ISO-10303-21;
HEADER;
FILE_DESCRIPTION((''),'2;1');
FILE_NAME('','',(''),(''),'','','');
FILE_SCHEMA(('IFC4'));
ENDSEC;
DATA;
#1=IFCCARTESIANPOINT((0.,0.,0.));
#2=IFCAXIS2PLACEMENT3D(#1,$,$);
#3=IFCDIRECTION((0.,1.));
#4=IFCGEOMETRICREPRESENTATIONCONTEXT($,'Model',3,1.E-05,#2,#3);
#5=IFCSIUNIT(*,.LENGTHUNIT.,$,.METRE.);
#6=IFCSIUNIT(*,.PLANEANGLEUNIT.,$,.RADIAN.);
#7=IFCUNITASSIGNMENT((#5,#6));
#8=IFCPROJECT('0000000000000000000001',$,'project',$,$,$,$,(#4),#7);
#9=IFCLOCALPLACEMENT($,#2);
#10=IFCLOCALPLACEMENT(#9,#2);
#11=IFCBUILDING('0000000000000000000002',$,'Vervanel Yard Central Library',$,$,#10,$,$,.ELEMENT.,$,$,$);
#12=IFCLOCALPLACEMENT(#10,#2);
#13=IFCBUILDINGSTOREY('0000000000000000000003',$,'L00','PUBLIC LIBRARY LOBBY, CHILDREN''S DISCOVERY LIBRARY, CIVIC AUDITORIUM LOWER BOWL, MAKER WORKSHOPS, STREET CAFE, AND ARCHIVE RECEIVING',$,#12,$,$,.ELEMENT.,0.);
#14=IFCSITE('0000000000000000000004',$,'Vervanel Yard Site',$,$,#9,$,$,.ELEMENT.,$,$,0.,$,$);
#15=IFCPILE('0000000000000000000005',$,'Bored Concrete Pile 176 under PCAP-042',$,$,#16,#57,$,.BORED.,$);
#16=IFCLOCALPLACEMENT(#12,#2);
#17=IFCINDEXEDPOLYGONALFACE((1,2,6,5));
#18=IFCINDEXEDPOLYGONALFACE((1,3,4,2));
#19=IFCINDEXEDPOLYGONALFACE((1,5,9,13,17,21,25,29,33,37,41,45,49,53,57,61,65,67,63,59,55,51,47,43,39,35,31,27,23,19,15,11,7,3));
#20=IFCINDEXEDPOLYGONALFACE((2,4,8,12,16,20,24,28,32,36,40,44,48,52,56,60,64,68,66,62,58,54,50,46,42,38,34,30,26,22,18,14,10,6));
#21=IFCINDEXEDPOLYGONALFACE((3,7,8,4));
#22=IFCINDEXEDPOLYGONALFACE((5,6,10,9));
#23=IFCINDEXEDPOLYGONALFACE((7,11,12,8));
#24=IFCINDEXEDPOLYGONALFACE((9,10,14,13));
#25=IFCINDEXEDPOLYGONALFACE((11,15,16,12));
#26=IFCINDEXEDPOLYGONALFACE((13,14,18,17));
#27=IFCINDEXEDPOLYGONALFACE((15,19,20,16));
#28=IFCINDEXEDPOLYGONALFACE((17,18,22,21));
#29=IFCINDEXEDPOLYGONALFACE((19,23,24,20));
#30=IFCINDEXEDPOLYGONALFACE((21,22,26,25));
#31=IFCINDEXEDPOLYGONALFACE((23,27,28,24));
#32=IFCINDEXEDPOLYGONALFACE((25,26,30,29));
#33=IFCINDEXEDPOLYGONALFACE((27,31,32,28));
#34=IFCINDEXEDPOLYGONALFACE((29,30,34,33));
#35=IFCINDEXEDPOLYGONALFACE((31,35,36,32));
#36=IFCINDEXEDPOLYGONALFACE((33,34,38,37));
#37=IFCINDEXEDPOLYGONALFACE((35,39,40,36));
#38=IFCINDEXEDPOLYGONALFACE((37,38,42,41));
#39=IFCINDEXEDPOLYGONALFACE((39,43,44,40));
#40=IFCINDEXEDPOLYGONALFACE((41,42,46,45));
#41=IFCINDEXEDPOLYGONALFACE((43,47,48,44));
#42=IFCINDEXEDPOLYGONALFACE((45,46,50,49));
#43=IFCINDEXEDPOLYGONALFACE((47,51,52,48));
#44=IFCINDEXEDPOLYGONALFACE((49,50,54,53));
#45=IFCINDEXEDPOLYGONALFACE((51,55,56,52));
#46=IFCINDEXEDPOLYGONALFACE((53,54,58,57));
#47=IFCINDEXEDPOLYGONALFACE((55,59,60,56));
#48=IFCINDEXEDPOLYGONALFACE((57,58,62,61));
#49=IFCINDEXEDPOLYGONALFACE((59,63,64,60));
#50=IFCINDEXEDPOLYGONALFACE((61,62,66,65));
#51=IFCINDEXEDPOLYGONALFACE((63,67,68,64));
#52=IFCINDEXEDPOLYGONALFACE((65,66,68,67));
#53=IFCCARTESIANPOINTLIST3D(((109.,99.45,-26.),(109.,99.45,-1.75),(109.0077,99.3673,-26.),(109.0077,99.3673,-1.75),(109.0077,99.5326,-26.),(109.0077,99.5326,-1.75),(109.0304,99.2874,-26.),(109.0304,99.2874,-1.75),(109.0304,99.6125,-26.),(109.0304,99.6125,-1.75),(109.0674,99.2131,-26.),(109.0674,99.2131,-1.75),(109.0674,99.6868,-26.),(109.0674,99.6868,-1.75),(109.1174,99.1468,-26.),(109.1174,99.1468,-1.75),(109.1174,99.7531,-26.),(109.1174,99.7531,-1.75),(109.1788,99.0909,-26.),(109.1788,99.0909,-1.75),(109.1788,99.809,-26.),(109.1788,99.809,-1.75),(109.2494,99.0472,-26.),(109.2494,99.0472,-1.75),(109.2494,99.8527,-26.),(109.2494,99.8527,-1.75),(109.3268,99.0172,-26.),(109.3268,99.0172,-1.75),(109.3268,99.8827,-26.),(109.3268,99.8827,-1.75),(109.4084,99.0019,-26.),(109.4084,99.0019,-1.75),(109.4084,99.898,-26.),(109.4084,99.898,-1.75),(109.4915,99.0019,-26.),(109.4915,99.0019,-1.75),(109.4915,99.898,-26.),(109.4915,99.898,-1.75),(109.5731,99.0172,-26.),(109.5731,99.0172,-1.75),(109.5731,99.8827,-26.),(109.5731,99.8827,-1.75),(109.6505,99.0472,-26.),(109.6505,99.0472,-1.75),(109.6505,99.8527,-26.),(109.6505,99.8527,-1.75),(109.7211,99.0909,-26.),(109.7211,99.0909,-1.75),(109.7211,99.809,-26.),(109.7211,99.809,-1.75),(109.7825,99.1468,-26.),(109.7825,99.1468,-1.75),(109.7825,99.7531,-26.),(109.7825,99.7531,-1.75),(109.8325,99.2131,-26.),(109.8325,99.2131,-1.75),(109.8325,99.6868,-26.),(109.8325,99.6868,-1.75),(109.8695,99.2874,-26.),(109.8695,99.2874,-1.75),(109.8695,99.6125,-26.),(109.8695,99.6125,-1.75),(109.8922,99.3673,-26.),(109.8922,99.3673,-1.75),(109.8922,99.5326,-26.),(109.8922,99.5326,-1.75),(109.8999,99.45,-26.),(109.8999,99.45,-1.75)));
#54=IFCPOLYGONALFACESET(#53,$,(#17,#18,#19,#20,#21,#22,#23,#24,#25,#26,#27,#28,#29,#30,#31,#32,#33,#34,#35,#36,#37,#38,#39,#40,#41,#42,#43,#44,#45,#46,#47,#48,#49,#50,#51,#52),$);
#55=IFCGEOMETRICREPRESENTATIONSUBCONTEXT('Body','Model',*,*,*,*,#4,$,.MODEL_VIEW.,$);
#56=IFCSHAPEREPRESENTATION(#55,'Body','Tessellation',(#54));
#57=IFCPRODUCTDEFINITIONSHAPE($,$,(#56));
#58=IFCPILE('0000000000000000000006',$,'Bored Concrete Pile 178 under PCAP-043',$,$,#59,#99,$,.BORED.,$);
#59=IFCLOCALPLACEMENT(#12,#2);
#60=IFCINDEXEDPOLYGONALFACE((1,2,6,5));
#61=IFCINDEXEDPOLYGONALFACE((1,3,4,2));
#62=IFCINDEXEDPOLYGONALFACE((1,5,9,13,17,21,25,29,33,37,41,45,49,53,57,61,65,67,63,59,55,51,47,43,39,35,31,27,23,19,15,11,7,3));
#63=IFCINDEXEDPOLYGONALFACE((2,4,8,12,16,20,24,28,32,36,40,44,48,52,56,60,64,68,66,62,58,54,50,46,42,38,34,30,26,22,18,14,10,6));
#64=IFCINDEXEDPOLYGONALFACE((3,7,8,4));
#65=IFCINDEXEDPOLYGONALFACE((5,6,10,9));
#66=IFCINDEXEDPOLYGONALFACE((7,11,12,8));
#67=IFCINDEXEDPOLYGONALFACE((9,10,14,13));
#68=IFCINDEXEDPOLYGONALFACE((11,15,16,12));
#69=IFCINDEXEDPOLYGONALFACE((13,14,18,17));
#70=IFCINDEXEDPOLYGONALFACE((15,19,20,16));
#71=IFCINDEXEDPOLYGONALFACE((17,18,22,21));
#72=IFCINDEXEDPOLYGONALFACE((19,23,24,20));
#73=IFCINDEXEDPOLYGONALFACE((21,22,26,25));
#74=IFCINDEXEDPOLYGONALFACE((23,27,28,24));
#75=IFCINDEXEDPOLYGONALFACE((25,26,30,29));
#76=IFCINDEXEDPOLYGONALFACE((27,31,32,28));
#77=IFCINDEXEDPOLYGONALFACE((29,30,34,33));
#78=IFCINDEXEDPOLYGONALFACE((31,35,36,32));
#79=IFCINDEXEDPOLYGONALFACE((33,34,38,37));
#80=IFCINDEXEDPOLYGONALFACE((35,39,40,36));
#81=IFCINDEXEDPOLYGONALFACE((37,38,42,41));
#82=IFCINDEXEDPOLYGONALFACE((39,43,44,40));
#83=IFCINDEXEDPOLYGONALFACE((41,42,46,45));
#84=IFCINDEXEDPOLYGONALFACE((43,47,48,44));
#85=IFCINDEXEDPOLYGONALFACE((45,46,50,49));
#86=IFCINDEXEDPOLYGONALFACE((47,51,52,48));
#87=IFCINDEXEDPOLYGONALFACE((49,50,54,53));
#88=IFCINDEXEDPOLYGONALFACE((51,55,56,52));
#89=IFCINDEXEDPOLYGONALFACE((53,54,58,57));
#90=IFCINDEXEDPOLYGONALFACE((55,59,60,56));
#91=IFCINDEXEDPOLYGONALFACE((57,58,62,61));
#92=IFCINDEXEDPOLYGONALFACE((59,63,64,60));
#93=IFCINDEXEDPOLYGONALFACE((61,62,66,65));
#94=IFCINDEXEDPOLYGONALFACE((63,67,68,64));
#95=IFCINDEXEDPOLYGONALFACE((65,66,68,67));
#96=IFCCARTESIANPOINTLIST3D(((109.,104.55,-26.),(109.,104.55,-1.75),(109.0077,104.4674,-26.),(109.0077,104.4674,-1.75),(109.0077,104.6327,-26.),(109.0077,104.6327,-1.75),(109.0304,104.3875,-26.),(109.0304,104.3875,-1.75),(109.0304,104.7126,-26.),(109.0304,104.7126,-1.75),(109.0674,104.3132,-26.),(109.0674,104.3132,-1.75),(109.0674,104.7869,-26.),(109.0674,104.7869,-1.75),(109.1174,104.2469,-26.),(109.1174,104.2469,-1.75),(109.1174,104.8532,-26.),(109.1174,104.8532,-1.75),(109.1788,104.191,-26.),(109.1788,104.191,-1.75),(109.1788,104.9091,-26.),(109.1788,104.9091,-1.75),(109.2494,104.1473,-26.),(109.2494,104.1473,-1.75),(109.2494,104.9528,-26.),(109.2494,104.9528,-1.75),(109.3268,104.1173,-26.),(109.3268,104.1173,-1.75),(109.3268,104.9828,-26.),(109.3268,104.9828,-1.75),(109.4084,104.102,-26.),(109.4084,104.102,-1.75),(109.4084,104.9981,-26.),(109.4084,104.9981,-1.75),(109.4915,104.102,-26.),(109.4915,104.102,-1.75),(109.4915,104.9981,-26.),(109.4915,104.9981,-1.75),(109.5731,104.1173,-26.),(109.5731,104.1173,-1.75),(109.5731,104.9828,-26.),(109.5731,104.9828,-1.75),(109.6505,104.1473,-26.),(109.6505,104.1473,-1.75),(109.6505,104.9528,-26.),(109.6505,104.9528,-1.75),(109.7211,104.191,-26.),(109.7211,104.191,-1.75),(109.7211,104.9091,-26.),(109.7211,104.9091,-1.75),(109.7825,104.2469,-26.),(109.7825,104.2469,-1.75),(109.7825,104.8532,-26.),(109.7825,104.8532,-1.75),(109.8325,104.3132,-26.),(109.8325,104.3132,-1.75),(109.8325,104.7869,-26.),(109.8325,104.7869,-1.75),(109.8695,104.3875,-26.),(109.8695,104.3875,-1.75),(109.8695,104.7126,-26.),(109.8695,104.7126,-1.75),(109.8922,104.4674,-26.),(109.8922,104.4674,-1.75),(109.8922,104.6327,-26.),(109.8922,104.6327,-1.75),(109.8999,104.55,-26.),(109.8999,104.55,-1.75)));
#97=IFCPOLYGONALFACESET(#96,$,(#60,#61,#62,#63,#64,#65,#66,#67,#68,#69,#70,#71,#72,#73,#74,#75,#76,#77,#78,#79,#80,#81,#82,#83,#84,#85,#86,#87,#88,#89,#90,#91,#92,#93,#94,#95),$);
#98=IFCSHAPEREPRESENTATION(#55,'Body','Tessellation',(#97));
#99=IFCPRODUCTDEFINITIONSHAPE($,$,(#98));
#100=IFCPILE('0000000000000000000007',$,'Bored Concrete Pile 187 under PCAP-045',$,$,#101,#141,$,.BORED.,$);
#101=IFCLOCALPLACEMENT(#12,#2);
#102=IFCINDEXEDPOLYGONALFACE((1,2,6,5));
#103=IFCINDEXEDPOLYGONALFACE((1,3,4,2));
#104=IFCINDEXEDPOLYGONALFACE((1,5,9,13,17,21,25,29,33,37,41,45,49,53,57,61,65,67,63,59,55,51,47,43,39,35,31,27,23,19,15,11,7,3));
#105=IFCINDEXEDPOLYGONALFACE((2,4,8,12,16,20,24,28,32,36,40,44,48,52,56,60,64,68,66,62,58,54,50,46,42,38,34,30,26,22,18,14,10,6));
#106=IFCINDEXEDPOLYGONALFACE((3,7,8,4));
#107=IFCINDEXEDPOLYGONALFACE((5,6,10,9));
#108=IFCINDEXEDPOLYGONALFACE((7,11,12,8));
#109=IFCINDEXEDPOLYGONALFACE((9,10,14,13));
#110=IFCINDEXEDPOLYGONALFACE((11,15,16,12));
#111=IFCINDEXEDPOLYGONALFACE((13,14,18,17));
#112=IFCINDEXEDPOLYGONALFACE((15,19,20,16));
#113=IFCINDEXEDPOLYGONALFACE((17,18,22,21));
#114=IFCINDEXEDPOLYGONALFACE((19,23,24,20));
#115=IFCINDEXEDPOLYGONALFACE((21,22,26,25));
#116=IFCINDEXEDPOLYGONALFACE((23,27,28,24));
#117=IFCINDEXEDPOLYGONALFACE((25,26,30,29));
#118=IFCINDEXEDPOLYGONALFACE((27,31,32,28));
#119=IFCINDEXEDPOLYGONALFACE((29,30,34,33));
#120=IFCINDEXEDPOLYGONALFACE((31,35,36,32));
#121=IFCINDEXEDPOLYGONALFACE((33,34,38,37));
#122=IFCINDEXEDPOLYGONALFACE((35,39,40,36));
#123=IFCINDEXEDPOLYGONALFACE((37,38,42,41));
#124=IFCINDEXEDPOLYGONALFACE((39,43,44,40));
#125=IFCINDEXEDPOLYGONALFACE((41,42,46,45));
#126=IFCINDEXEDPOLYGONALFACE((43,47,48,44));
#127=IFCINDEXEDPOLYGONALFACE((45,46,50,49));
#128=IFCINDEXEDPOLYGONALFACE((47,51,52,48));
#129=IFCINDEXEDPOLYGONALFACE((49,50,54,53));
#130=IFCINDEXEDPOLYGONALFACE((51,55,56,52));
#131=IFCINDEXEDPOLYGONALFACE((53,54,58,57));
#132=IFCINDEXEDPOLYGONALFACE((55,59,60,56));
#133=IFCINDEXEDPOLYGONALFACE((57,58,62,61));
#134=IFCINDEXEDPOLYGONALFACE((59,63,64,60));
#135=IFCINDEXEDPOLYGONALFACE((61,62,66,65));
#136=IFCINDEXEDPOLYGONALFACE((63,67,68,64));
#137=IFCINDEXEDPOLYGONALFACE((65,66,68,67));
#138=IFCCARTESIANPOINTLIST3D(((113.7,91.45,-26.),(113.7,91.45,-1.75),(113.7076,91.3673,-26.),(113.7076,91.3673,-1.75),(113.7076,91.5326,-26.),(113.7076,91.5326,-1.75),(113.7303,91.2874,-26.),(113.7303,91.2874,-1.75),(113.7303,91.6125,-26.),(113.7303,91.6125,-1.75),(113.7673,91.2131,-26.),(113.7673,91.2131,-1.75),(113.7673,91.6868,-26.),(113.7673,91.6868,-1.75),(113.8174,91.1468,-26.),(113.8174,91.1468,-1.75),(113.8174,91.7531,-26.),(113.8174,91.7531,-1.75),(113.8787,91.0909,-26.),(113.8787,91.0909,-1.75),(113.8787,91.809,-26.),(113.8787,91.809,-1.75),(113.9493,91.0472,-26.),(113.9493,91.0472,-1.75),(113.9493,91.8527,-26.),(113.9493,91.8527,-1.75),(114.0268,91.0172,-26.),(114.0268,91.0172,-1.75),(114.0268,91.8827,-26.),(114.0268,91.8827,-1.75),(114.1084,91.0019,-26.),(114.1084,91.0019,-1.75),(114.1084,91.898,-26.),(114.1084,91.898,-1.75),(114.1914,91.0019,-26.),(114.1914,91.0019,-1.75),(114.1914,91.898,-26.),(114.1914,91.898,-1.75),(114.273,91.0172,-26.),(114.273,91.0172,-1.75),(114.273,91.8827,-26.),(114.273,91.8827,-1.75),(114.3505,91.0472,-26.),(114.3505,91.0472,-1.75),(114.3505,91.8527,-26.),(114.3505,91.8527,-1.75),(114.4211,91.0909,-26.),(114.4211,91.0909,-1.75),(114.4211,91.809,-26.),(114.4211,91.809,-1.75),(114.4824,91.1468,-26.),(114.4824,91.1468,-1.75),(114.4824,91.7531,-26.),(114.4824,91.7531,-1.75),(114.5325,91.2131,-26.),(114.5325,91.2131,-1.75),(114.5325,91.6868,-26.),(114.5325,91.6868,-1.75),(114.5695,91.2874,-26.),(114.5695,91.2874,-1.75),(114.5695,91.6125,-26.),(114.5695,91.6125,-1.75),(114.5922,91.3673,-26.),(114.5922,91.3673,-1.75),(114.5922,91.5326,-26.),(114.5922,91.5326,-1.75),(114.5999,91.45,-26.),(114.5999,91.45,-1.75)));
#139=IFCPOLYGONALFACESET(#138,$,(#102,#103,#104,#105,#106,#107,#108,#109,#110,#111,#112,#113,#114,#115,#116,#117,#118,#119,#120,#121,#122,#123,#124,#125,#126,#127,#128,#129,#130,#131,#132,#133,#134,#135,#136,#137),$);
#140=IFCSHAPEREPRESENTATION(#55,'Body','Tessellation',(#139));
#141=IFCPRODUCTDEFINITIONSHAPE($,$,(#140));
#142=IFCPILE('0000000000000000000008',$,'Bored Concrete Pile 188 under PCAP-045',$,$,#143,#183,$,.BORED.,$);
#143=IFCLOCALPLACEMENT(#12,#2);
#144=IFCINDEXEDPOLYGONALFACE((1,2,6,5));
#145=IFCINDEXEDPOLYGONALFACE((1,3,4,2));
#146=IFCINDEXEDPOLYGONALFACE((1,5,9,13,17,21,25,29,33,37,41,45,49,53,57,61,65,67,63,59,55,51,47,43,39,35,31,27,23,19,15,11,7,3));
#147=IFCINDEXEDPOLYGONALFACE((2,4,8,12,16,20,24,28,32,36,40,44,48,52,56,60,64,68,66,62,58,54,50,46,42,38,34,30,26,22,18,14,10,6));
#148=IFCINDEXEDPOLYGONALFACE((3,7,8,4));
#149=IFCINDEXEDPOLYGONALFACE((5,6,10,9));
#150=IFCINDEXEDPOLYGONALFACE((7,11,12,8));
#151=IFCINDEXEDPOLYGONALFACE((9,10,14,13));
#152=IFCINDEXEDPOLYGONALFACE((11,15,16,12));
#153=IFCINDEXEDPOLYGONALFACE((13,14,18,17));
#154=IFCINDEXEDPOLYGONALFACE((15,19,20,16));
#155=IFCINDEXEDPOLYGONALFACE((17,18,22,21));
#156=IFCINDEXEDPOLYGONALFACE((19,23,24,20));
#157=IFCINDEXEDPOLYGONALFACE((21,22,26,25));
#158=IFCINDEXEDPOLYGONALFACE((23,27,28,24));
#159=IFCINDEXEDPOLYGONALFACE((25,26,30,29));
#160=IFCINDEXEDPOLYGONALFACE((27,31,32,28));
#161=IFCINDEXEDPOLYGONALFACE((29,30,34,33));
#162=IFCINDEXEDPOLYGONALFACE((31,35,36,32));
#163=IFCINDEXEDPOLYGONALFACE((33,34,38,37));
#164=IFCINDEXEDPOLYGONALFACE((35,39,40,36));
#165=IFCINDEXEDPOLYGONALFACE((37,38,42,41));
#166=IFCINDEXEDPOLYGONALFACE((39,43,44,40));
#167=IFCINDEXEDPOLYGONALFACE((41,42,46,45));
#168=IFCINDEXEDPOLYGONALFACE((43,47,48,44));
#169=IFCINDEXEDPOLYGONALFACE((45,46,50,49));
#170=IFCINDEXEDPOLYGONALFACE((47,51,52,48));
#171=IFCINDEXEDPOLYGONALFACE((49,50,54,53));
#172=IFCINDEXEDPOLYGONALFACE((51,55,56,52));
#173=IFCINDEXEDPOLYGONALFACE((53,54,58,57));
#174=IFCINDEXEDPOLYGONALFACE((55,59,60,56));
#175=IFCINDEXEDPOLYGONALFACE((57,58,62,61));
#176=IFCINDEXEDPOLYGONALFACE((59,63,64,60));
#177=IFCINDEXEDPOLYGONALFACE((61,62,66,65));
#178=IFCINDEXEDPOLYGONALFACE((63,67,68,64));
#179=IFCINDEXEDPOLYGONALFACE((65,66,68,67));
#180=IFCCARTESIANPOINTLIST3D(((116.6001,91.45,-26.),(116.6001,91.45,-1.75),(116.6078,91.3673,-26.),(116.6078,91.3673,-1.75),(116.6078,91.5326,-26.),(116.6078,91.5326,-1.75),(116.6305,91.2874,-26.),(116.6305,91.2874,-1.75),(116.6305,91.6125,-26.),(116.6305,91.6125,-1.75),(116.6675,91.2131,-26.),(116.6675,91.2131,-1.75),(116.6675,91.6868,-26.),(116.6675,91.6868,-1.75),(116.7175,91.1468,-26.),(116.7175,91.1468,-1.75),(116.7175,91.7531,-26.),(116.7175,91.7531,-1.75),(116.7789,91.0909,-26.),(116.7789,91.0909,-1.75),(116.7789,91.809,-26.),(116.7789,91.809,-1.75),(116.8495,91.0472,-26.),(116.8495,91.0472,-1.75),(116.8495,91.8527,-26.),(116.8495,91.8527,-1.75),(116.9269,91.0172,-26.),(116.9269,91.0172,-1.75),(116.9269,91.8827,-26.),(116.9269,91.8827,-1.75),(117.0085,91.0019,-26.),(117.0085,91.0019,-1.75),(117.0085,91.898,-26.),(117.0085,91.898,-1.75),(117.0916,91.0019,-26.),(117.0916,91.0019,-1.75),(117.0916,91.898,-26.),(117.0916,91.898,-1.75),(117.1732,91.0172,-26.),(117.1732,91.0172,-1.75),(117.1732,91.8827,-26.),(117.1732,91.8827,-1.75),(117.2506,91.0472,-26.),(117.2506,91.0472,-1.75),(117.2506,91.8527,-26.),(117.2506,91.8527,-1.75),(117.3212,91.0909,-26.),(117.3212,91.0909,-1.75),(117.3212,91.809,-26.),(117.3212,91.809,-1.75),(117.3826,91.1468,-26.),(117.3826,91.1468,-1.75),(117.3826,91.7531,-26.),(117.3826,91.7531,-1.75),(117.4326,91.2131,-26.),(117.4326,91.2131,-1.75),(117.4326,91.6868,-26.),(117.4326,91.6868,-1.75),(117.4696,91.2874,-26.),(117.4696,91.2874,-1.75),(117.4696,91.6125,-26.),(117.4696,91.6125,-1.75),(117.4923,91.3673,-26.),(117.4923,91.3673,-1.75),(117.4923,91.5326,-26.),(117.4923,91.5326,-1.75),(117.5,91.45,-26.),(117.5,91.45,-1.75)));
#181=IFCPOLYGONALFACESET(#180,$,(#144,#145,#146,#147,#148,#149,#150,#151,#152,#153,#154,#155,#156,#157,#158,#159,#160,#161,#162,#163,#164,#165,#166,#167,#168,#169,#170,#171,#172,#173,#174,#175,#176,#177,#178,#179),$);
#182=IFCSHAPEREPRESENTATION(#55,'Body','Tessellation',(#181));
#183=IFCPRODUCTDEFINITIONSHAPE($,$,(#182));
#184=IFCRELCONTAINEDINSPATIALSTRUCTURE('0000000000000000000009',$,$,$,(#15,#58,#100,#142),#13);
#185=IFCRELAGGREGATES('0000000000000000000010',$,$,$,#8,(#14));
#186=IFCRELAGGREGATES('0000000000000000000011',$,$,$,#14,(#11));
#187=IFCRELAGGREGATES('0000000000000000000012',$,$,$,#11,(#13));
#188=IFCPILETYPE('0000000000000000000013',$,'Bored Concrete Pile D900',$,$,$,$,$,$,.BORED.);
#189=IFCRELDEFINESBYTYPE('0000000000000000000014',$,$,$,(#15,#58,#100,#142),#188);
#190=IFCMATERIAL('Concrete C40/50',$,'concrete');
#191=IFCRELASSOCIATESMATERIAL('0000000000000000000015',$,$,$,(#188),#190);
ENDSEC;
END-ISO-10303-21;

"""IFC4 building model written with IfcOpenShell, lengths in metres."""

from ifc_helpers import new_model, si_unit, direction, frame, origin, origin_2d, place, context, subcontext, project, spatial, circle, extrude, material, material_profile, profile_set, type_object, element, save


model = new_model("IFC4")

# Units and contexts
model_context = context("Model", 3, precision=1e-05, world=origin(), true_north=direction((0.0, 1.0)))
body_context = subcontext(model_context, "Body", "Model", "MODEL_VIEW")
ifc_project = project(units=[si_unit("LENGTHUNIT", "METRE"), si_unit("PLANEANGLEUNIT", "RADIAN")], contexts=[model_context])

# Site, building, storey
site_placement = place(None, origin())
site = spatial("IfcSite", under=ifc_project, at=site_placement, Name="Vervanel Yard Site", CompositionType="ELEMENT", RefElevation=0.0)
building_placement = place(site_placement, origin())
building = spatial("IfcBuilding", under=site, at=building_placement, Name="Vervanel Yard Central Library", CompositionType="ELEMENT")
storey_placement = place(building_placement, origin())
storey = spatial("IfcBuildingStorey", under=building, at=storey_placement, Name="L00", Description="PUBLIC LIBRARY LOBBY, CHILDREN'S DISCOVERY LIBRARY, CIVIC AUDITORIUM LOWER BOWL, MAKER WORKSHOPS, STREET CAFE, AND ARCHIVE RECEIVING", CompositionType="ELEMENT", Elevation=0.0)

# Piles
ifc_material_1 = material(Name="Concrete C40/50", Category="concrete")
ifc_material_profile_1 = material_profile(ifc_material_1, circle(Radius=0.45, at=origin_2d()), Name="BP D900", Category="concrete")
ifc_profile_set_1 = profile_set([ifc_material_profile_1], Name="Concrete C40/50")
pile_type = type_object("IfcPileType", Name="Bored Concrete Pile D900", PredefinedType="BORED", material=ifc_profile_set_1)
for number, where, z_axis, x_axis, name in (
    (1, (109.45, 99.45, -1.75), (0.0, 0.0, -1.0), (1.0, 0.0, 0.0), "Bored Concrete Pile 176 under PCAP-042"),
    (2, (109.45, 104.55, -1.75), (0.0, 0.0, -1.0), (1.0, 0.0, 0.0), "Bored Concrete Pile 178 under PCAP-043"),
    (3, (114.1499, 91.45, -1.75), (0.0, 0.0, -1.0), (1.0, 0.0, 0.0), "Bored Concrete Pile 187 under PCAP-045"),
    (4, (117.05, 91.45, -1.75), (0.0, 0.0, -1.0), (1.0, 0.0, 0.0), "Bored Concrete Pile 188 under PCAP-045"),
):
    element("IfcPile", number, at=place(storey_placement, frame(where, z_axis=z_axis, x_axis=x_axis)), inside=storey, type_object=pile_type, Name=name, PredefinedType="BORED", context=body_context, shape_type="SweptSolid", body=[
        extrude(circle(Radius=0.45, at=origin_2d()), origin(), (0.0, 0.0, 1.0), 24.25),
    ])

save(model, "model.ifc")
